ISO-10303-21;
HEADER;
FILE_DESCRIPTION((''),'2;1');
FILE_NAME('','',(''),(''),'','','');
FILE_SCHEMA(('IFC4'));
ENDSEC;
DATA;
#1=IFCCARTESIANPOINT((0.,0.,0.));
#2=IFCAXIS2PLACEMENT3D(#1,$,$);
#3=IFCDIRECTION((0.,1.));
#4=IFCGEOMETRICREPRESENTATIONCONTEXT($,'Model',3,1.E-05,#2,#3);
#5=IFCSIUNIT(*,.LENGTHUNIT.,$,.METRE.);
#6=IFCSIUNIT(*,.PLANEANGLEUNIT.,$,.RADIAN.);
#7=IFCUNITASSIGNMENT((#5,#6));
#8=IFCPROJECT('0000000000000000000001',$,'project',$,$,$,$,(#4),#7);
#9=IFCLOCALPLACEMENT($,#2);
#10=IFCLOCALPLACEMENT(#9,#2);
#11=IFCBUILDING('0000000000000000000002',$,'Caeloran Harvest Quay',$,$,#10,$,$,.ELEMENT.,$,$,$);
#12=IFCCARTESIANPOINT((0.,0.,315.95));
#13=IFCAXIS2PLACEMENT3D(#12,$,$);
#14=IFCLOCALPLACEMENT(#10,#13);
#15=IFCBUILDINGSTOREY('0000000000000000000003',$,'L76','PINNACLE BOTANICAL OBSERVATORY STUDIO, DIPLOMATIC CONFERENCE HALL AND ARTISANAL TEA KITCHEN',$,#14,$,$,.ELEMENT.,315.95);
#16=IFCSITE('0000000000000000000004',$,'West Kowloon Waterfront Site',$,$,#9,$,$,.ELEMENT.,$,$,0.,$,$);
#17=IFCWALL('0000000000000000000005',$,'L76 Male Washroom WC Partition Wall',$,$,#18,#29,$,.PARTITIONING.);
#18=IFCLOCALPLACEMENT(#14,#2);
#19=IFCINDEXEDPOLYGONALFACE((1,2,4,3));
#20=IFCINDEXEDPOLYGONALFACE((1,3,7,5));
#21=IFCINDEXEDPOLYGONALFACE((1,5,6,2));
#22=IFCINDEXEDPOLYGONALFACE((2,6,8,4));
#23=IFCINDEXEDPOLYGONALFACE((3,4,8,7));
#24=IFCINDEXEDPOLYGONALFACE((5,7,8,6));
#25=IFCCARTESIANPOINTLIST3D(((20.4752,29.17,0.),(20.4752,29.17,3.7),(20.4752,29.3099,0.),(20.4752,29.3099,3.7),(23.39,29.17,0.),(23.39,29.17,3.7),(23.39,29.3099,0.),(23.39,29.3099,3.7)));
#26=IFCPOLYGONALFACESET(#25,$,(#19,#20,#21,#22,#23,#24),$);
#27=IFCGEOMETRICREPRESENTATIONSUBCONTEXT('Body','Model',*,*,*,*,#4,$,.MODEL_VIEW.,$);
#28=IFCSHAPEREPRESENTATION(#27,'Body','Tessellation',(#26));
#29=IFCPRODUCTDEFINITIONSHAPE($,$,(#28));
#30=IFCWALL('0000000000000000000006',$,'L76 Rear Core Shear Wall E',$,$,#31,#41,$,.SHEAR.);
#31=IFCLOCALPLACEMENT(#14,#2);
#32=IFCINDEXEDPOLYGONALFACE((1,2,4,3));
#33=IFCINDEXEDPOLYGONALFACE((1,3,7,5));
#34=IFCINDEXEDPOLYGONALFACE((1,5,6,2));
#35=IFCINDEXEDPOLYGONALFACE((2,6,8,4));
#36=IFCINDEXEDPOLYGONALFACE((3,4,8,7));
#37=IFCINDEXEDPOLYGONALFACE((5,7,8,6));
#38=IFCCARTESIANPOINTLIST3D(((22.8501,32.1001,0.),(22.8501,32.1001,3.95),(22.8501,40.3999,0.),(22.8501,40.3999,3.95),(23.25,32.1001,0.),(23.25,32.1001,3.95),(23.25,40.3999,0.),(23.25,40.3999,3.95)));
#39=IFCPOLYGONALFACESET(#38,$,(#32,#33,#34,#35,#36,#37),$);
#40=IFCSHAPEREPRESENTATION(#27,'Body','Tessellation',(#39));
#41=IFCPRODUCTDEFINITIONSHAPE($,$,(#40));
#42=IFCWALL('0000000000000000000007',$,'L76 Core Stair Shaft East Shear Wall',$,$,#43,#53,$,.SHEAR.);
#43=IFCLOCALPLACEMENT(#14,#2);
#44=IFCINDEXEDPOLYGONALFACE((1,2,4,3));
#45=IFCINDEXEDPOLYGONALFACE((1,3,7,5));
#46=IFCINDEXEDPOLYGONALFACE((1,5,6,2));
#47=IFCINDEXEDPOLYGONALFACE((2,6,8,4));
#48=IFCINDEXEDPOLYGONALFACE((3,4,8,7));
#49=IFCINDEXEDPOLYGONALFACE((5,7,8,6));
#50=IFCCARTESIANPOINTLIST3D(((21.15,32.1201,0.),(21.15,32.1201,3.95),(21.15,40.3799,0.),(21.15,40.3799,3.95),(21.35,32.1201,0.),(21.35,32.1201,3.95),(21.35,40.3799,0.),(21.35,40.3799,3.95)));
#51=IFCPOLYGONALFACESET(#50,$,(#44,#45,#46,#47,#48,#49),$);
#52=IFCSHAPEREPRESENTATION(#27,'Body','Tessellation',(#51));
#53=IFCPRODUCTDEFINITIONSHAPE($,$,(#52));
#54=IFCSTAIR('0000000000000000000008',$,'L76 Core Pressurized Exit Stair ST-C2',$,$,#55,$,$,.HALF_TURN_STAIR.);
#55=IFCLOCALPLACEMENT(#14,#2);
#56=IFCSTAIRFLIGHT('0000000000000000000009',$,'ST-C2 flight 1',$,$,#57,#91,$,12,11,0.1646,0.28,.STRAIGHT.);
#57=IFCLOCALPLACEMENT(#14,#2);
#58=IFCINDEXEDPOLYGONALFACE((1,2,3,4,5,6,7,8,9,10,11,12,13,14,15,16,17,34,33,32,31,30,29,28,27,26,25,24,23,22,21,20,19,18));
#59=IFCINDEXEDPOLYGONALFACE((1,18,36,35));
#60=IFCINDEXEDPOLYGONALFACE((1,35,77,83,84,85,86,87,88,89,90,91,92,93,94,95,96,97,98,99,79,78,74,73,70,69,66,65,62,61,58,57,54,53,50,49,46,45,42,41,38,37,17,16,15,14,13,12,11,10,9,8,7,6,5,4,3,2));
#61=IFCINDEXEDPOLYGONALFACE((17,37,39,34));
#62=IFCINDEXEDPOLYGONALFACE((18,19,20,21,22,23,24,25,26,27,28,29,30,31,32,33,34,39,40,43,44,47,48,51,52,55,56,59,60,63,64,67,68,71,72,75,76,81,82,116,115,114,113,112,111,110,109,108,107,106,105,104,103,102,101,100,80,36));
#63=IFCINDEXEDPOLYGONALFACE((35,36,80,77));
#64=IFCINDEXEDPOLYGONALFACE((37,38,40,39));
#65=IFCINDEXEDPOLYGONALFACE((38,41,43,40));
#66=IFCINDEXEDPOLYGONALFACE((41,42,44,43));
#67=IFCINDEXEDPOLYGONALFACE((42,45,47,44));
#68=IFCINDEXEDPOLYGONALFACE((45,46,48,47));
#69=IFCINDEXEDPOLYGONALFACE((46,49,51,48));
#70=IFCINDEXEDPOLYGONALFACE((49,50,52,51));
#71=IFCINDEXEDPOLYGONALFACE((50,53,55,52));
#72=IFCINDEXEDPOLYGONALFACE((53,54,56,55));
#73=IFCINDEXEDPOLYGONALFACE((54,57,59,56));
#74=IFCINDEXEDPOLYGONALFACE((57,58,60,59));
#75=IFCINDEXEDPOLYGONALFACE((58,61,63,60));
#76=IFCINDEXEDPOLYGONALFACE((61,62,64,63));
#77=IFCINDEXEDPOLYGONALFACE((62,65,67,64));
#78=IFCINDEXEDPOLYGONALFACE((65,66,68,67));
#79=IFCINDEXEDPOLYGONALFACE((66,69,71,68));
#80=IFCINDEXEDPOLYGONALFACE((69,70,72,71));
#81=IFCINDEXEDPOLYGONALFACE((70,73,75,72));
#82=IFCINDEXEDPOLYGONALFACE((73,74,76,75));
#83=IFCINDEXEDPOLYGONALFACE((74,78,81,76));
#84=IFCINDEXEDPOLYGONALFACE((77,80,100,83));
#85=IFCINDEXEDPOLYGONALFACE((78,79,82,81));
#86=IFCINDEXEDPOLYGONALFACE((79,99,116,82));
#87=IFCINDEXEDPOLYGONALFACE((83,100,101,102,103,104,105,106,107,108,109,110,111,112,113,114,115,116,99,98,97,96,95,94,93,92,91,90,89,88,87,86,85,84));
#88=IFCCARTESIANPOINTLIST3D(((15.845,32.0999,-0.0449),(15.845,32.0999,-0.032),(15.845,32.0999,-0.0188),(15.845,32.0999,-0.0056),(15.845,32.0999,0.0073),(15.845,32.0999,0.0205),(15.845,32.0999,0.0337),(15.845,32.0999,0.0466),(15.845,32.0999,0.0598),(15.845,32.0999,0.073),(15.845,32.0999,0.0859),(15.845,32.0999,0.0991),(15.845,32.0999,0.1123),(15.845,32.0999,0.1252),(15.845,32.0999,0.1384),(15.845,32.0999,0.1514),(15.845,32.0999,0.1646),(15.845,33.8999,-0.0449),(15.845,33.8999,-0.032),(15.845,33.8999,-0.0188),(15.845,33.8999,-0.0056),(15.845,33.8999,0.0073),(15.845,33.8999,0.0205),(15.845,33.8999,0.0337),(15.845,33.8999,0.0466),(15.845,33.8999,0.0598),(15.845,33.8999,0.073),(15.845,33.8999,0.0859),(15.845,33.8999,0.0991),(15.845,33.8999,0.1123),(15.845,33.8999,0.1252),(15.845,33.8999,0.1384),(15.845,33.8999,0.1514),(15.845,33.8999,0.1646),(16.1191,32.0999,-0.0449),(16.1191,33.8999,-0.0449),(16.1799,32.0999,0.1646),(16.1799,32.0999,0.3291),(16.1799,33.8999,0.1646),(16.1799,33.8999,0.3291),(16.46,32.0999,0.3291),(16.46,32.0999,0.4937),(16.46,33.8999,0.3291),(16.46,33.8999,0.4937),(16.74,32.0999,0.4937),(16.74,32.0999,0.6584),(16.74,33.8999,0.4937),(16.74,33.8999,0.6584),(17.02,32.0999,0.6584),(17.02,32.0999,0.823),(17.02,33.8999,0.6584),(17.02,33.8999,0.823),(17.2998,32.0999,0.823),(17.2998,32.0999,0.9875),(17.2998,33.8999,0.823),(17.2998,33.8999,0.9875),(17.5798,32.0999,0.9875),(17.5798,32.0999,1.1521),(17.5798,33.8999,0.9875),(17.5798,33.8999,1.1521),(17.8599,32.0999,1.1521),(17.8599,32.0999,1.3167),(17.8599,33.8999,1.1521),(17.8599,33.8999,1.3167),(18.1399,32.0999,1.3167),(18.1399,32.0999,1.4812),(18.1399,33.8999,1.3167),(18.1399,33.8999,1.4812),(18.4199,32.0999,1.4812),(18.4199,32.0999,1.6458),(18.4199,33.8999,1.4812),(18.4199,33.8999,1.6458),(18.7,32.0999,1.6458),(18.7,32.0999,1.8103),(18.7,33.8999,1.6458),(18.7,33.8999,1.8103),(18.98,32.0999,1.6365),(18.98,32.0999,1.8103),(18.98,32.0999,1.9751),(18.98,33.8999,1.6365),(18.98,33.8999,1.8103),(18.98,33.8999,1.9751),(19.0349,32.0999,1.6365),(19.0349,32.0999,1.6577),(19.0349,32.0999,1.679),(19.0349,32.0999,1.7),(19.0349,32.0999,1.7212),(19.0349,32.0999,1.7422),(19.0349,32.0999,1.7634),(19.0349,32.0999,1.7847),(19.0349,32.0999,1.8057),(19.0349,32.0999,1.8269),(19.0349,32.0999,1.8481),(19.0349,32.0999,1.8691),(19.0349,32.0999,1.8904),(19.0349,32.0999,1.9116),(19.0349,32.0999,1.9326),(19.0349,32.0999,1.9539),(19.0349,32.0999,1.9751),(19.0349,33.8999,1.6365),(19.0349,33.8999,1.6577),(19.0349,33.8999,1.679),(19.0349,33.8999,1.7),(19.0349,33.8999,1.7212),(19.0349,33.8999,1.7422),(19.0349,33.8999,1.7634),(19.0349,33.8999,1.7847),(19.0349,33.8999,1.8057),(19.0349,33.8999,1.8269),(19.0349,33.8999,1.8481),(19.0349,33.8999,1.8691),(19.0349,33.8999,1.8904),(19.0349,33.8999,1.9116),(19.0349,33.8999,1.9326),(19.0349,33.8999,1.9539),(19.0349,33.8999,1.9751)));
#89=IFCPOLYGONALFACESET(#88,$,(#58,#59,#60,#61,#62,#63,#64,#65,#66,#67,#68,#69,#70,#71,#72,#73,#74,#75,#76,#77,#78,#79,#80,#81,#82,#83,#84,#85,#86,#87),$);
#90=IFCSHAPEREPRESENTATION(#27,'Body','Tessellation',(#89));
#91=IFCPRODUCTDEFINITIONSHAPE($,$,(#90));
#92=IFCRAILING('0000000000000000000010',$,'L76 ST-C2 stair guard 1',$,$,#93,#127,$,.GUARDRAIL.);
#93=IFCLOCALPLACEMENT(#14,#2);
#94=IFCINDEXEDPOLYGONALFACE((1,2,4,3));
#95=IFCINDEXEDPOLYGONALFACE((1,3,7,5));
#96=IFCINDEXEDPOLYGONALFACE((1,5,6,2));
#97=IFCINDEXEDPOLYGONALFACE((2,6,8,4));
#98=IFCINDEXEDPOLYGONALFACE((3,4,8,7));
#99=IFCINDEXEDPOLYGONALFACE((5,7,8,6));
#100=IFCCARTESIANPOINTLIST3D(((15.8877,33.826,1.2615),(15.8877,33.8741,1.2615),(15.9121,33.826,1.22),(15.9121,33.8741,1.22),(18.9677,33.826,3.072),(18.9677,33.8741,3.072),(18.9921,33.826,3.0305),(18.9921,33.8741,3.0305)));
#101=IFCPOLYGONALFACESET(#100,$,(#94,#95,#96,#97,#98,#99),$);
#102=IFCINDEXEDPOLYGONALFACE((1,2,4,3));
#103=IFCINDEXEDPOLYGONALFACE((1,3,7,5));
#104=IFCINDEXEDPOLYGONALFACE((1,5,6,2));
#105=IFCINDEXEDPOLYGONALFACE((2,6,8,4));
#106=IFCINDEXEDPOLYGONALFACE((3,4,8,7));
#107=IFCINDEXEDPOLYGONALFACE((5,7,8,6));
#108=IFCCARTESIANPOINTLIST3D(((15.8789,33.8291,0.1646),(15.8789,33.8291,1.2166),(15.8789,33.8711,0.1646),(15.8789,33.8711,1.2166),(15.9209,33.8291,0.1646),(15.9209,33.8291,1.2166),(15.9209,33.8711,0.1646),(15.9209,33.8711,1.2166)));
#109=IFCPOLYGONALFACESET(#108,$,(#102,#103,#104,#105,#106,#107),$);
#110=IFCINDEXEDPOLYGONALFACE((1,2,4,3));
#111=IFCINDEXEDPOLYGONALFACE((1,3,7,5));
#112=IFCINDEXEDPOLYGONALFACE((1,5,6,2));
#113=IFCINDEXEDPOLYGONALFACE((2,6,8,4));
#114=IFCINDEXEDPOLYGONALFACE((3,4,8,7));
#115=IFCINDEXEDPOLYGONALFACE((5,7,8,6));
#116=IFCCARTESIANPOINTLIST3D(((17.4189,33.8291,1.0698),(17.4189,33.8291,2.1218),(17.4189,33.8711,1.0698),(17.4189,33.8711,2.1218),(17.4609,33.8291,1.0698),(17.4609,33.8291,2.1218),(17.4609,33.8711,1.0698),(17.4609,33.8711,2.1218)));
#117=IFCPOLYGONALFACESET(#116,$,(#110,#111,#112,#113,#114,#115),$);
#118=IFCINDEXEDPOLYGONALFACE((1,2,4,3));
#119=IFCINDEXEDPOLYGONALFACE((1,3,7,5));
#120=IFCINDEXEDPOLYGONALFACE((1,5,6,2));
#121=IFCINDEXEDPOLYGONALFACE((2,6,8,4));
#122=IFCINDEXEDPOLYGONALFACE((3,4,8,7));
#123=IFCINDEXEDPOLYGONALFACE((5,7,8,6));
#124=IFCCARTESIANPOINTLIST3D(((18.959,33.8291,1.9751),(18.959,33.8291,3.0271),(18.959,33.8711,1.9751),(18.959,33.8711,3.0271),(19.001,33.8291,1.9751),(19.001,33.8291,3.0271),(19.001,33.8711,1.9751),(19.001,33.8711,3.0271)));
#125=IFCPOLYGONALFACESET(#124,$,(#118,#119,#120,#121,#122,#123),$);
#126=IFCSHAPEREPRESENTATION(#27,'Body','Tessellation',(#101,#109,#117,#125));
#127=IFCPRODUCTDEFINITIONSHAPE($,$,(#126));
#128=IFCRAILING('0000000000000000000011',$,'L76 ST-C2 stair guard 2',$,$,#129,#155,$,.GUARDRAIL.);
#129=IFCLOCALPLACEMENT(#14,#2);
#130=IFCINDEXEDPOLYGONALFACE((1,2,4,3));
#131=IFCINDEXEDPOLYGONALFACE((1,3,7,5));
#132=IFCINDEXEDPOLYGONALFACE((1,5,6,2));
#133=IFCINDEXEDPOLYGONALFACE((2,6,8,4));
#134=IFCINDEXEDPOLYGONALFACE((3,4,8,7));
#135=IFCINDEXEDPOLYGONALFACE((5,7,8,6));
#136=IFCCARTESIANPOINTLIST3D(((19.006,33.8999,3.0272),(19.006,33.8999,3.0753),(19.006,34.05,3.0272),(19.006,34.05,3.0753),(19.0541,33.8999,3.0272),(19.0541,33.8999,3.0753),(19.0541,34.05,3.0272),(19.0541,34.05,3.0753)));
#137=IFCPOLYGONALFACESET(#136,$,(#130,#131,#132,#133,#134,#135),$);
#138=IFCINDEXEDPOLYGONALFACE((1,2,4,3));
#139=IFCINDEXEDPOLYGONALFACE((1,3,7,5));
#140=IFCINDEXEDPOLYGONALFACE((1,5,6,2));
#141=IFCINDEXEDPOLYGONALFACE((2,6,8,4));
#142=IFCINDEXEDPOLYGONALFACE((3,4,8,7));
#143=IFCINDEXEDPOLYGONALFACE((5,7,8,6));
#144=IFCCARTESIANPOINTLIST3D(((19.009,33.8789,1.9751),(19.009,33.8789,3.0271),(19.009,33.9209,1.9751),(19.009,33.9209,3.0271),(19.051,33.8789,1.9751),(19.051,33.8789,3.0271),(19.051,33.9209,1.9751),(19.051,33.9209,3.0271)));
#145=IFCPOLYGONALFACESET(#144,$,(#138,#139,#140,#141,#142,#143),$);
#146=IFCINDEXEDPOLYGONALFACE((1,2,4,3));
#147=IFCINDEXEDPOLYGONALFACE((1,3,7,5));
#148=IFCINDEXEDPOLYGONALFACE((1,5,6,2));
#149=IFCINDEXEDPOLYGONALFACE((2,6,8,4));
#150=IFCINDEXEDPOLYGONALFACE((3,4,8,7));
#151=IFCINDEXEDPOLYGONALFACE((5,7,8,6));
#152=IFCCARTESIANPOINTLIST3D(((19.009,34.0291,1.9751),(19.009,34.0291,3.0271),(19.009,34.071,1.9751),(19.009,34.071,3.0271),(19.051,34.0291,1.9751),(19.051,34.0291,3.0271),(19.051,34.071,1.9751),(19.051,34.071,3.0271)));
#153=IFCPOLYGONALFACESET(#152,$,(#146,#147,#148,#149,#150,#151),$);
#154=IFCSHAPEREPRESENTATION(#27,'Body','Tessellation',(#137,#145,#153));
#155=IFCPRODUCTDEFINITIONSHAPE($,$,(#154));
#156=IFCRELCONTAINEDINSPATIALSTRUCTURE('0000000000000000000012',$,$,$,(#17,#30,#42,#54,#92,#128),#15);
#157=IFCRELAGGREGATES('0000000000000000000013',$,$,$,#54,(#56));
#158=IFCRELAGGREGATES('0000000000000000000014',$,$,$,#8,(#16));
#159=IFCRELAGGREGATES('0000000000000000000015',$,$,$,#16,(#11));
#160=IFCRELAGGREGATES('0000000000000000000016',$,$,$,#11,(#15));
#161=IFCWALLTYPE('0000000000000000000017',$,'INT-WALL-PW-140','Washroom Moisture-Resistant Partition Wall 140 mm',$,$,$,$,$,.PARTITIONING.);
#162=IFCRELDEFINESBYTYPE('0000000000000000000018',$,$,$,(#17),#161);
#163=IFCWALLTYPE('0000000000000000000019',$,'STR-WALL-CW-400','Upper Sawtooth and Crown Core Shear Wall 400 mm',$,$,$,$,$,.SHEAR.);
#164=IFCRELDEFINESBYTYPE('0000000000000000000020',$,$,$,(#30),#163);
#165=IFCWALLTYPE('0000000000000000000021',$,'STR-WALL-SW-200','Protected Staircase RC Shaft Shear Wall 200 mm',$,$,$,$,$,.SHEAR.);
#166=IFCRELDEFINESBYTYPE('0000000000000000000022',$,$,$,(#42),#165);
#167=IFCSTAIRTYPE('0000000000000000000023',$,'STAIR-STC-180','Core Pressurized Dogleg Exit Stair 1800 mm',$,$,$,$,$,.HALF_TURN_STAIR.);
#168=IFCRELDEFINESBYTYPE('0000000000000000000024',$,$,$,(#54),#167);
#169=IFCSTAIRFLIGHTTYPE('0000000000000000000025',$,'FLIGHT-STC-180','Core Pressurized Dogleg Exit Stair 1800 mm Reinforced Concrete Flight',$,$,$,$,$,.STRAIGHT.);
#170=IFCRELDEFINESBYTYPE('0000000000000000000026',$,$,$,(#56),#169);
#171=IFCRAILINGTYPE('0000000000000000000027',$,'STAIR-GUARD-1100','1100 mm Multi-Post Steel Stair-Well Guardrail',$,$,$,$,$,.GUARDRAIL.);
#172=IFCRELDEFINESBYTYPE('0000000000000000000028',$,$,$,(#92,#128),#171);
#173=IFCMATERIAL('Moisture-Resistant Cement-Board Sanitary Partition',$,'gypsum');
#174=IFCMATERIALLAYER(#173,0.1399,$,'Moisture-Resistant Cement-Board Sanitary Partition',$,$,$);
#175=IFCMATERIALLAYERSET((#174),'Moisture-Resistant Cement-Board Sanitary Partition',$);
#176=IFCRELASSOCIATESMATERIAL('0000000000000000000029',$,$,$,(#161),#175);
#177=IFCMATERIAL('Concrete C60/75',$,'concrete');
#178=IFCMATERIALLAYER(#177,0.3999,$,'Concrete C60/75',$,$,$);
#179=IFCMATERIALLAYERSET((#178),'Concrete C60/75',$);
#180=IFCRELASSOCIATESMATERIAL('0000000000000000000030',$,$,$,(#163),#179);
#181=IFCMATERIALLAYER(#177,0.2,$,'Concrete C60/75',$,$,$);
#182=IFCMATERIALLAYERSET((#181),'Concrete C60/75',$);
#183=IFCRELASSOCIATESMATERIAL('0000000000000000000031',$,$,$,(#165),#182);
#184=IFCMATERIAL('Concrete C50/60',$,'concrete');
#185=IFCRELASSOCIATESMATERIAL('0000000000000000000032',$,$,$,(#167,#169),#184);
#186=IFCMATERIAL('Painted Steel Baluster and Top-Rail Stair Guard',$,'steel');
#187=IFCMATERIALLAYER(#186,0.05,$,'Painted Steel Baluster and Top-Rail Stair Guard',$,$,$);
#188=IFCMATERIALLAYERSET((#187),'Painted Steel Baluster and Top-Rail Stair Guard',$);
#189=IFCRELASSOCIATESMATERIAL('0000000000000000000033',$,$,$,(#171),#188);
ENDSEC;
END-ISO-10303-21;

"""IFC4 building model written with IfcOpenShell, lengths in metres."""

from ifc_helpers import new_model, si_unit, direction, frame, frame_2d, origin, origin_2d, place, context, subcontext, project, spatial, polyline, rectangle, outline, extrude, material, layer, layer_set, type_object, element, aggregate, save


model = new_model("IFC4")

# Units and contexts
model_context = context("Model", 3, precision=1e-05, world=origin(), true_north=direction((0.0, 1.0)))
body_context = subcontext(model_context, "Body", "Model", "MODEL_VIEW")
ifc_project = project(units=[si_unit("LENGTHUNIT", "METRE"), si_unit("PLANEANGLEUNIT", "RADIAN")], contexts=[model_context])

# Site, building, storey
site_placement = place(None, origin())
site = spatial("IfcSite", under=ifc_project, at=site_placement, Name="West Kowloon Waterfront Site", CompositionType="ELEMENT", RefElevation=0.0)
building_placement = place(site_placement, origin())
building = spatial("IfcBuilding", under=site, at=building_placement, Name="Caeloran Harvest Quay", CompositionType="ELEMENT")
storey_placement = place(building_placement, frame((0.0, 0.0, 315.95)))
storey = spatial("IfcBuildingStorey", under=building, at=storey_placement, Name="L76", Description="PINNACLE BOTANICAL OBSERVATORY STUDIO, DIPLOMATIC CONFERENCE HALL AND ARTISANAL TEA KITCHEN", CompositionType="ELEMENT", Elevation=315.95)

# Shared definitions
ifc_material_1 = material(Name="Concrete C60/75", Category="concrete")

# Shared definitions
ifc_material_2 = material(Name="Moisture-Resistant Cement-Board Sanitary Partition", Category="gypsum")
ifc_layer_1 = layer(ifc_material_2, 0.1399, Name="Moisture-Resistant Cement-Board Sanitary Partition")
ifc_layer_set_1 = layer_set([ifc_layer_1], Name="Moisture-Resistant Cement-Board Sanitary Partition")
wall_type_1 = type_object("IfcWallType", Name="INT-WALL-PW-140", Description="Washroom Moisture-Resistant Partition Wall 140 mm", PredefinedType="PARTITIONING", material=ifc_layer_set_1)

# Walls
wall_1_placement = place(storey_placement, frame((20.4751, 29.24, 0.0), z_axis=(0.0, 0.0, 1.0), x_axis=(1.0, 0.0, 0.0)))
element("IfcWall", 1, at=wall_1_placement, inside=storey, type_object=wall_type_1, Name="L76 Male Washroom WC Partition Wall", PredefinedType="PARTITIONING", context=body_context, shape_type="SweptSolid", body=[
    extrude(rectangle(XDim=2.9148, YDim=0.1399, at=frame_2d((1.4575, 0.0))), origin(), (0.0, 0.0, 1.0), 3.7),
])
ifc_layer_2 = layer(ifc_material_1, 0.3999, Name="Concrete C60/75")
ifc_layer_set_2 = layer_set([ifc_layer_2], Name="Concrete C60/75")
wall_type_2 = type_object("IfcWallType", Name="STR-WALL-CW-400", Description="Upper Sawtooth and Crown Core Shear Wall 400 mm", PredefinedType="SHEAR", material=ifc_layer_set_2)
wall_2_placement = place(storey_placement, frame((23.05, 32.1001, 0.0), z_axis=(0.0, 0.0, 1.0), x_axis=(0.0, 1.0, 0.0)))
element("IfcWall", 2, at=wall_2_placement, inside=storey, type_object=wall_type_2, Name="L76 Rear Core Shear Wall E", PredefinedType="SHEAR", context=body_context, shape_type="SweptSolid", body=[
    extrude(rectangle(XDim=8.2998, YDim=0.3999, at=frame_2d((4.1499, 0.0))), origin(), (0.0, 0.0, 1.0), 3.95),
])
ifc_layer_3 = layer(ifc_material_1, 0.2, Name="Concrete C60/75")
ifc_layer_set_3 = layer_set([ifc_layer_3], Name="Concrete C60/75")
wall_type_3 = type_object("IfcWallType", Name="STR-WALL-SW-200", Description="Protected Staircase RC Shaft Shear Wall 200 mm", PredefinedType="SHEAR", material=ifc_layer_set_3)
wall_3_placement = place(storey_placement, frame((21.25, 32.1201, 0.0), z_axis=(0.0, 0.0, 1.0), x_axis=(0.0, 1.0, 0.0)))
element("IfcWall", 3, at=wall_3_placement, inside=storey, type_object=wall_type_3, Name="L76 Core Stair Shaft East Shear Wall", PredefinedType="SHEAR", context=body_context, shape_type="SweptSolid", body=[
    extrude(rectangle(XDim=8.2598, YDim=0.2, at=frame_2d((4.1299, 0.0))), origin(), (0.0, 0.0, 1.0), 3.95),
])

# Stair, stair flight
ifc_material_3 = material(Name="Concrete C50/60", Category="concrete")
stair_type = type_object("IfcStairType", Name="STAIR-STC-180", Description="Core Pressurized Dogleg Exit Stair 1800 mm", PredefinedType="HALF_TURN_STAIR", material=ifc_material_3)
stair_placement = place(storey_placement, origin())
stair = element("IfcStair", 4, at=stair_placement, inside=storey, type_object=stair_type, Name="L76 Core Pressurized Exit Stair ST-C2", PredefinedType="HALF_TURN_STAIR")
stair_flight_type = type_object("IfcStairFlightType", Name="FLIGHT-STC-180", Description="Core Pressurized Dogleg Exit Stair 1800 mm Reinforced Concrete Flight", PredefinedType="STRAIGHT", material=ifc_material_3)
stair_flight_placement = place(storey_placement, frame((15.8999, 33.0, 0.0), z_axis=(0.0, 0.0, 1.0), x_axis=(1.0, 0.0, 0.0)))
stair_flight = element("IfcStairFlight", 5, at=stair_flight_placement, type_object=stair_flight_type, Name="ST-C2 flight 1", NumberOfRisers=12, NumberOfTreads=11, PredefinedType="STRAIGHT", RiserHeight=0.1646, TreadLength=0.28, context=body_context, shape_type="SweptSolid", body=[
    extrude(outline(polyline([(-0.0549, -0.0449), (-0.0549, -0.032), (-0.0549, -0.0188), (-0.0549, -0.0056), (-0.0549, 0.0073), (-0.0549, 0.0205), (-0.0549, 0.0337), (-0.0549, 0.0466), (-0.0549, 0.0598), (-0.0549, 0.073), (-0.0549, 0.0859), (-0.0549, 0.0991), (-0.0549, 0.1123), (-0.0549, 0.1252), (-0.0549, 0.1384), (-0.0549, 0.1514), (-0.0549, 0.1646), (0.28, 0.1646), (0.28, 0.3291), (0.5601, 0.3291), (0.5601, 0.4937), (0.8401, 0.4937), (0.8401, 0.6584), (1.1201, 0.6584), (1.1201, 0.823), (1.3999, 0.823), (1.3999, 0.9875), (1.6799, 0.9875), (1.6799, 1.1521), (1.96, 1.1521), (1.96, 1.3167), (2.24, 1.3167), (2.24, 1.4812), (2.52, 1.4812), (2.52, 1.6458), (2.8, 1.6458), (2.8, 1.8103), (3.0801, 1.8103), (3.0801, 1.9751), (3.135, 1.9751), (3.135, 1.9539), (3.135, 1.9326), (3.135, 1.9116), (3.135, 1.8904), (3.135, 1.8691), (3.135, 1.8481), (3.135, 1.8269), (3.135, 1.8057), (3.135, 1.7847), (3.135, 1.7634), (3.135, 1.7422), (3.135, 1.7212), (3.135, 1.7), (3.135, 1.679), (3.135, 1.6577), (3.135, 1.6365), (3.0801, 1.6365), (0.2192, -0.0449), (-0.0549, -0.0449)])), frame((0.0, 0.8999, 0.0), z_axis=(0.0, -1.0, 0.0), x_axis=(1.0, 0.0, 0.0)), (0.0, 0.0, 1.0), 1.8),
])
aggregate(stair, [stair_flight])

# Railings
ifc_material_4 = material(Name="Painted Steel Baluster and Top-Rail Stair Guard", Category="steel")
ifc_layer_4 = layer(ifc_material_4, 0.05, Name="Painted Steel Baluster and Top-Rail Stair Guard")
ifc_layer_set_4 = layer_set([ifc_layer_4], Name="Painted Steel Baluster and Top-Rail Stair Guard")
railing_type_1 = type_object("IfcRailingType", Name="STAIR-GUARD-1100", Description="1100 mm Multi-Post Steel Stair-Well Guardrail", PredefinedType="GUARDRAIL", material=ifc_layer_set_4)
railing_1_placement = place(storey_placement, frame((15.8999, 33.8501, 0.1646)))
element("IfcRailing", 6, at=railing_1_placement, inside=storey, type_object=railing_type_1, Name="L76 ST-C2 stair guard 1", PredefinedType="GUARDRAIL", context=body_context, shape_type="SweptSolid", body=[
    extrude(rectangle(XDim=0.0481, YDim=0.0481, at=origin_2d()), frame((0.0, 0.0, 1.0762), z_axis=(0.862089, 0.0, 0.506757), x_axis=(0.0, 1.0, 0.0)), (0.0, 0.0, 1.0), 3.5728),
    extrude(rectangle(XDim=0.042, YDim=0.042, at=origin_2d()), origin(), (0.0, 0.0, 1.0), 1.052),
    extrude(rectangle(XDim=0.042, YDim=0.042, at=origin_2d()), frame((1.54, 0.0, 0.9053)), (0.0, 0.0, 1.0), 1.052),
    extrude(rectangle(XDim=0.042, YDim=0.042, at=origin_2d()), frame((3.0801, 0.0, 1.8105)), (0.0, 0.0, 1.0), 1.052),
])
railing_2_placement = place(storey_placement, frame((19.03, 33.8999, 1.9751)))
element("IfcRailing", 7, at=railing_2_placement, inside=storey, type_object=railing_type_1, Name="L76 ST-C2 stair guard 2", PredefinedType="GUARDRAIL", context=body_context, shape_type="SweptSolid", body=[
    extrude(rectangle(XDim=0.0481, YDim=0.0481, at=origin_2d()), frame((0.0, 0.0, 1.0762), z_axis=(0.0, 1.0, 0.0), x_axis=(-1.0, 0.0, 0.0)), (0.0, 0.0, 1.0), 0.1501),
    extrude(rectangle(XDim=0.042, YDim=0.042, at=origin_2d()), origin(), (0.0, 0.0, 1.0), 1.052),
    extrude(rectangle(XDim=0.042, YDim=0.042, at=origin_2d()), frame((0.0, 0.1501, 0.0)), (0.0, 0.0, 1.0), 1.052),
])

save(model, "model.ifc")
